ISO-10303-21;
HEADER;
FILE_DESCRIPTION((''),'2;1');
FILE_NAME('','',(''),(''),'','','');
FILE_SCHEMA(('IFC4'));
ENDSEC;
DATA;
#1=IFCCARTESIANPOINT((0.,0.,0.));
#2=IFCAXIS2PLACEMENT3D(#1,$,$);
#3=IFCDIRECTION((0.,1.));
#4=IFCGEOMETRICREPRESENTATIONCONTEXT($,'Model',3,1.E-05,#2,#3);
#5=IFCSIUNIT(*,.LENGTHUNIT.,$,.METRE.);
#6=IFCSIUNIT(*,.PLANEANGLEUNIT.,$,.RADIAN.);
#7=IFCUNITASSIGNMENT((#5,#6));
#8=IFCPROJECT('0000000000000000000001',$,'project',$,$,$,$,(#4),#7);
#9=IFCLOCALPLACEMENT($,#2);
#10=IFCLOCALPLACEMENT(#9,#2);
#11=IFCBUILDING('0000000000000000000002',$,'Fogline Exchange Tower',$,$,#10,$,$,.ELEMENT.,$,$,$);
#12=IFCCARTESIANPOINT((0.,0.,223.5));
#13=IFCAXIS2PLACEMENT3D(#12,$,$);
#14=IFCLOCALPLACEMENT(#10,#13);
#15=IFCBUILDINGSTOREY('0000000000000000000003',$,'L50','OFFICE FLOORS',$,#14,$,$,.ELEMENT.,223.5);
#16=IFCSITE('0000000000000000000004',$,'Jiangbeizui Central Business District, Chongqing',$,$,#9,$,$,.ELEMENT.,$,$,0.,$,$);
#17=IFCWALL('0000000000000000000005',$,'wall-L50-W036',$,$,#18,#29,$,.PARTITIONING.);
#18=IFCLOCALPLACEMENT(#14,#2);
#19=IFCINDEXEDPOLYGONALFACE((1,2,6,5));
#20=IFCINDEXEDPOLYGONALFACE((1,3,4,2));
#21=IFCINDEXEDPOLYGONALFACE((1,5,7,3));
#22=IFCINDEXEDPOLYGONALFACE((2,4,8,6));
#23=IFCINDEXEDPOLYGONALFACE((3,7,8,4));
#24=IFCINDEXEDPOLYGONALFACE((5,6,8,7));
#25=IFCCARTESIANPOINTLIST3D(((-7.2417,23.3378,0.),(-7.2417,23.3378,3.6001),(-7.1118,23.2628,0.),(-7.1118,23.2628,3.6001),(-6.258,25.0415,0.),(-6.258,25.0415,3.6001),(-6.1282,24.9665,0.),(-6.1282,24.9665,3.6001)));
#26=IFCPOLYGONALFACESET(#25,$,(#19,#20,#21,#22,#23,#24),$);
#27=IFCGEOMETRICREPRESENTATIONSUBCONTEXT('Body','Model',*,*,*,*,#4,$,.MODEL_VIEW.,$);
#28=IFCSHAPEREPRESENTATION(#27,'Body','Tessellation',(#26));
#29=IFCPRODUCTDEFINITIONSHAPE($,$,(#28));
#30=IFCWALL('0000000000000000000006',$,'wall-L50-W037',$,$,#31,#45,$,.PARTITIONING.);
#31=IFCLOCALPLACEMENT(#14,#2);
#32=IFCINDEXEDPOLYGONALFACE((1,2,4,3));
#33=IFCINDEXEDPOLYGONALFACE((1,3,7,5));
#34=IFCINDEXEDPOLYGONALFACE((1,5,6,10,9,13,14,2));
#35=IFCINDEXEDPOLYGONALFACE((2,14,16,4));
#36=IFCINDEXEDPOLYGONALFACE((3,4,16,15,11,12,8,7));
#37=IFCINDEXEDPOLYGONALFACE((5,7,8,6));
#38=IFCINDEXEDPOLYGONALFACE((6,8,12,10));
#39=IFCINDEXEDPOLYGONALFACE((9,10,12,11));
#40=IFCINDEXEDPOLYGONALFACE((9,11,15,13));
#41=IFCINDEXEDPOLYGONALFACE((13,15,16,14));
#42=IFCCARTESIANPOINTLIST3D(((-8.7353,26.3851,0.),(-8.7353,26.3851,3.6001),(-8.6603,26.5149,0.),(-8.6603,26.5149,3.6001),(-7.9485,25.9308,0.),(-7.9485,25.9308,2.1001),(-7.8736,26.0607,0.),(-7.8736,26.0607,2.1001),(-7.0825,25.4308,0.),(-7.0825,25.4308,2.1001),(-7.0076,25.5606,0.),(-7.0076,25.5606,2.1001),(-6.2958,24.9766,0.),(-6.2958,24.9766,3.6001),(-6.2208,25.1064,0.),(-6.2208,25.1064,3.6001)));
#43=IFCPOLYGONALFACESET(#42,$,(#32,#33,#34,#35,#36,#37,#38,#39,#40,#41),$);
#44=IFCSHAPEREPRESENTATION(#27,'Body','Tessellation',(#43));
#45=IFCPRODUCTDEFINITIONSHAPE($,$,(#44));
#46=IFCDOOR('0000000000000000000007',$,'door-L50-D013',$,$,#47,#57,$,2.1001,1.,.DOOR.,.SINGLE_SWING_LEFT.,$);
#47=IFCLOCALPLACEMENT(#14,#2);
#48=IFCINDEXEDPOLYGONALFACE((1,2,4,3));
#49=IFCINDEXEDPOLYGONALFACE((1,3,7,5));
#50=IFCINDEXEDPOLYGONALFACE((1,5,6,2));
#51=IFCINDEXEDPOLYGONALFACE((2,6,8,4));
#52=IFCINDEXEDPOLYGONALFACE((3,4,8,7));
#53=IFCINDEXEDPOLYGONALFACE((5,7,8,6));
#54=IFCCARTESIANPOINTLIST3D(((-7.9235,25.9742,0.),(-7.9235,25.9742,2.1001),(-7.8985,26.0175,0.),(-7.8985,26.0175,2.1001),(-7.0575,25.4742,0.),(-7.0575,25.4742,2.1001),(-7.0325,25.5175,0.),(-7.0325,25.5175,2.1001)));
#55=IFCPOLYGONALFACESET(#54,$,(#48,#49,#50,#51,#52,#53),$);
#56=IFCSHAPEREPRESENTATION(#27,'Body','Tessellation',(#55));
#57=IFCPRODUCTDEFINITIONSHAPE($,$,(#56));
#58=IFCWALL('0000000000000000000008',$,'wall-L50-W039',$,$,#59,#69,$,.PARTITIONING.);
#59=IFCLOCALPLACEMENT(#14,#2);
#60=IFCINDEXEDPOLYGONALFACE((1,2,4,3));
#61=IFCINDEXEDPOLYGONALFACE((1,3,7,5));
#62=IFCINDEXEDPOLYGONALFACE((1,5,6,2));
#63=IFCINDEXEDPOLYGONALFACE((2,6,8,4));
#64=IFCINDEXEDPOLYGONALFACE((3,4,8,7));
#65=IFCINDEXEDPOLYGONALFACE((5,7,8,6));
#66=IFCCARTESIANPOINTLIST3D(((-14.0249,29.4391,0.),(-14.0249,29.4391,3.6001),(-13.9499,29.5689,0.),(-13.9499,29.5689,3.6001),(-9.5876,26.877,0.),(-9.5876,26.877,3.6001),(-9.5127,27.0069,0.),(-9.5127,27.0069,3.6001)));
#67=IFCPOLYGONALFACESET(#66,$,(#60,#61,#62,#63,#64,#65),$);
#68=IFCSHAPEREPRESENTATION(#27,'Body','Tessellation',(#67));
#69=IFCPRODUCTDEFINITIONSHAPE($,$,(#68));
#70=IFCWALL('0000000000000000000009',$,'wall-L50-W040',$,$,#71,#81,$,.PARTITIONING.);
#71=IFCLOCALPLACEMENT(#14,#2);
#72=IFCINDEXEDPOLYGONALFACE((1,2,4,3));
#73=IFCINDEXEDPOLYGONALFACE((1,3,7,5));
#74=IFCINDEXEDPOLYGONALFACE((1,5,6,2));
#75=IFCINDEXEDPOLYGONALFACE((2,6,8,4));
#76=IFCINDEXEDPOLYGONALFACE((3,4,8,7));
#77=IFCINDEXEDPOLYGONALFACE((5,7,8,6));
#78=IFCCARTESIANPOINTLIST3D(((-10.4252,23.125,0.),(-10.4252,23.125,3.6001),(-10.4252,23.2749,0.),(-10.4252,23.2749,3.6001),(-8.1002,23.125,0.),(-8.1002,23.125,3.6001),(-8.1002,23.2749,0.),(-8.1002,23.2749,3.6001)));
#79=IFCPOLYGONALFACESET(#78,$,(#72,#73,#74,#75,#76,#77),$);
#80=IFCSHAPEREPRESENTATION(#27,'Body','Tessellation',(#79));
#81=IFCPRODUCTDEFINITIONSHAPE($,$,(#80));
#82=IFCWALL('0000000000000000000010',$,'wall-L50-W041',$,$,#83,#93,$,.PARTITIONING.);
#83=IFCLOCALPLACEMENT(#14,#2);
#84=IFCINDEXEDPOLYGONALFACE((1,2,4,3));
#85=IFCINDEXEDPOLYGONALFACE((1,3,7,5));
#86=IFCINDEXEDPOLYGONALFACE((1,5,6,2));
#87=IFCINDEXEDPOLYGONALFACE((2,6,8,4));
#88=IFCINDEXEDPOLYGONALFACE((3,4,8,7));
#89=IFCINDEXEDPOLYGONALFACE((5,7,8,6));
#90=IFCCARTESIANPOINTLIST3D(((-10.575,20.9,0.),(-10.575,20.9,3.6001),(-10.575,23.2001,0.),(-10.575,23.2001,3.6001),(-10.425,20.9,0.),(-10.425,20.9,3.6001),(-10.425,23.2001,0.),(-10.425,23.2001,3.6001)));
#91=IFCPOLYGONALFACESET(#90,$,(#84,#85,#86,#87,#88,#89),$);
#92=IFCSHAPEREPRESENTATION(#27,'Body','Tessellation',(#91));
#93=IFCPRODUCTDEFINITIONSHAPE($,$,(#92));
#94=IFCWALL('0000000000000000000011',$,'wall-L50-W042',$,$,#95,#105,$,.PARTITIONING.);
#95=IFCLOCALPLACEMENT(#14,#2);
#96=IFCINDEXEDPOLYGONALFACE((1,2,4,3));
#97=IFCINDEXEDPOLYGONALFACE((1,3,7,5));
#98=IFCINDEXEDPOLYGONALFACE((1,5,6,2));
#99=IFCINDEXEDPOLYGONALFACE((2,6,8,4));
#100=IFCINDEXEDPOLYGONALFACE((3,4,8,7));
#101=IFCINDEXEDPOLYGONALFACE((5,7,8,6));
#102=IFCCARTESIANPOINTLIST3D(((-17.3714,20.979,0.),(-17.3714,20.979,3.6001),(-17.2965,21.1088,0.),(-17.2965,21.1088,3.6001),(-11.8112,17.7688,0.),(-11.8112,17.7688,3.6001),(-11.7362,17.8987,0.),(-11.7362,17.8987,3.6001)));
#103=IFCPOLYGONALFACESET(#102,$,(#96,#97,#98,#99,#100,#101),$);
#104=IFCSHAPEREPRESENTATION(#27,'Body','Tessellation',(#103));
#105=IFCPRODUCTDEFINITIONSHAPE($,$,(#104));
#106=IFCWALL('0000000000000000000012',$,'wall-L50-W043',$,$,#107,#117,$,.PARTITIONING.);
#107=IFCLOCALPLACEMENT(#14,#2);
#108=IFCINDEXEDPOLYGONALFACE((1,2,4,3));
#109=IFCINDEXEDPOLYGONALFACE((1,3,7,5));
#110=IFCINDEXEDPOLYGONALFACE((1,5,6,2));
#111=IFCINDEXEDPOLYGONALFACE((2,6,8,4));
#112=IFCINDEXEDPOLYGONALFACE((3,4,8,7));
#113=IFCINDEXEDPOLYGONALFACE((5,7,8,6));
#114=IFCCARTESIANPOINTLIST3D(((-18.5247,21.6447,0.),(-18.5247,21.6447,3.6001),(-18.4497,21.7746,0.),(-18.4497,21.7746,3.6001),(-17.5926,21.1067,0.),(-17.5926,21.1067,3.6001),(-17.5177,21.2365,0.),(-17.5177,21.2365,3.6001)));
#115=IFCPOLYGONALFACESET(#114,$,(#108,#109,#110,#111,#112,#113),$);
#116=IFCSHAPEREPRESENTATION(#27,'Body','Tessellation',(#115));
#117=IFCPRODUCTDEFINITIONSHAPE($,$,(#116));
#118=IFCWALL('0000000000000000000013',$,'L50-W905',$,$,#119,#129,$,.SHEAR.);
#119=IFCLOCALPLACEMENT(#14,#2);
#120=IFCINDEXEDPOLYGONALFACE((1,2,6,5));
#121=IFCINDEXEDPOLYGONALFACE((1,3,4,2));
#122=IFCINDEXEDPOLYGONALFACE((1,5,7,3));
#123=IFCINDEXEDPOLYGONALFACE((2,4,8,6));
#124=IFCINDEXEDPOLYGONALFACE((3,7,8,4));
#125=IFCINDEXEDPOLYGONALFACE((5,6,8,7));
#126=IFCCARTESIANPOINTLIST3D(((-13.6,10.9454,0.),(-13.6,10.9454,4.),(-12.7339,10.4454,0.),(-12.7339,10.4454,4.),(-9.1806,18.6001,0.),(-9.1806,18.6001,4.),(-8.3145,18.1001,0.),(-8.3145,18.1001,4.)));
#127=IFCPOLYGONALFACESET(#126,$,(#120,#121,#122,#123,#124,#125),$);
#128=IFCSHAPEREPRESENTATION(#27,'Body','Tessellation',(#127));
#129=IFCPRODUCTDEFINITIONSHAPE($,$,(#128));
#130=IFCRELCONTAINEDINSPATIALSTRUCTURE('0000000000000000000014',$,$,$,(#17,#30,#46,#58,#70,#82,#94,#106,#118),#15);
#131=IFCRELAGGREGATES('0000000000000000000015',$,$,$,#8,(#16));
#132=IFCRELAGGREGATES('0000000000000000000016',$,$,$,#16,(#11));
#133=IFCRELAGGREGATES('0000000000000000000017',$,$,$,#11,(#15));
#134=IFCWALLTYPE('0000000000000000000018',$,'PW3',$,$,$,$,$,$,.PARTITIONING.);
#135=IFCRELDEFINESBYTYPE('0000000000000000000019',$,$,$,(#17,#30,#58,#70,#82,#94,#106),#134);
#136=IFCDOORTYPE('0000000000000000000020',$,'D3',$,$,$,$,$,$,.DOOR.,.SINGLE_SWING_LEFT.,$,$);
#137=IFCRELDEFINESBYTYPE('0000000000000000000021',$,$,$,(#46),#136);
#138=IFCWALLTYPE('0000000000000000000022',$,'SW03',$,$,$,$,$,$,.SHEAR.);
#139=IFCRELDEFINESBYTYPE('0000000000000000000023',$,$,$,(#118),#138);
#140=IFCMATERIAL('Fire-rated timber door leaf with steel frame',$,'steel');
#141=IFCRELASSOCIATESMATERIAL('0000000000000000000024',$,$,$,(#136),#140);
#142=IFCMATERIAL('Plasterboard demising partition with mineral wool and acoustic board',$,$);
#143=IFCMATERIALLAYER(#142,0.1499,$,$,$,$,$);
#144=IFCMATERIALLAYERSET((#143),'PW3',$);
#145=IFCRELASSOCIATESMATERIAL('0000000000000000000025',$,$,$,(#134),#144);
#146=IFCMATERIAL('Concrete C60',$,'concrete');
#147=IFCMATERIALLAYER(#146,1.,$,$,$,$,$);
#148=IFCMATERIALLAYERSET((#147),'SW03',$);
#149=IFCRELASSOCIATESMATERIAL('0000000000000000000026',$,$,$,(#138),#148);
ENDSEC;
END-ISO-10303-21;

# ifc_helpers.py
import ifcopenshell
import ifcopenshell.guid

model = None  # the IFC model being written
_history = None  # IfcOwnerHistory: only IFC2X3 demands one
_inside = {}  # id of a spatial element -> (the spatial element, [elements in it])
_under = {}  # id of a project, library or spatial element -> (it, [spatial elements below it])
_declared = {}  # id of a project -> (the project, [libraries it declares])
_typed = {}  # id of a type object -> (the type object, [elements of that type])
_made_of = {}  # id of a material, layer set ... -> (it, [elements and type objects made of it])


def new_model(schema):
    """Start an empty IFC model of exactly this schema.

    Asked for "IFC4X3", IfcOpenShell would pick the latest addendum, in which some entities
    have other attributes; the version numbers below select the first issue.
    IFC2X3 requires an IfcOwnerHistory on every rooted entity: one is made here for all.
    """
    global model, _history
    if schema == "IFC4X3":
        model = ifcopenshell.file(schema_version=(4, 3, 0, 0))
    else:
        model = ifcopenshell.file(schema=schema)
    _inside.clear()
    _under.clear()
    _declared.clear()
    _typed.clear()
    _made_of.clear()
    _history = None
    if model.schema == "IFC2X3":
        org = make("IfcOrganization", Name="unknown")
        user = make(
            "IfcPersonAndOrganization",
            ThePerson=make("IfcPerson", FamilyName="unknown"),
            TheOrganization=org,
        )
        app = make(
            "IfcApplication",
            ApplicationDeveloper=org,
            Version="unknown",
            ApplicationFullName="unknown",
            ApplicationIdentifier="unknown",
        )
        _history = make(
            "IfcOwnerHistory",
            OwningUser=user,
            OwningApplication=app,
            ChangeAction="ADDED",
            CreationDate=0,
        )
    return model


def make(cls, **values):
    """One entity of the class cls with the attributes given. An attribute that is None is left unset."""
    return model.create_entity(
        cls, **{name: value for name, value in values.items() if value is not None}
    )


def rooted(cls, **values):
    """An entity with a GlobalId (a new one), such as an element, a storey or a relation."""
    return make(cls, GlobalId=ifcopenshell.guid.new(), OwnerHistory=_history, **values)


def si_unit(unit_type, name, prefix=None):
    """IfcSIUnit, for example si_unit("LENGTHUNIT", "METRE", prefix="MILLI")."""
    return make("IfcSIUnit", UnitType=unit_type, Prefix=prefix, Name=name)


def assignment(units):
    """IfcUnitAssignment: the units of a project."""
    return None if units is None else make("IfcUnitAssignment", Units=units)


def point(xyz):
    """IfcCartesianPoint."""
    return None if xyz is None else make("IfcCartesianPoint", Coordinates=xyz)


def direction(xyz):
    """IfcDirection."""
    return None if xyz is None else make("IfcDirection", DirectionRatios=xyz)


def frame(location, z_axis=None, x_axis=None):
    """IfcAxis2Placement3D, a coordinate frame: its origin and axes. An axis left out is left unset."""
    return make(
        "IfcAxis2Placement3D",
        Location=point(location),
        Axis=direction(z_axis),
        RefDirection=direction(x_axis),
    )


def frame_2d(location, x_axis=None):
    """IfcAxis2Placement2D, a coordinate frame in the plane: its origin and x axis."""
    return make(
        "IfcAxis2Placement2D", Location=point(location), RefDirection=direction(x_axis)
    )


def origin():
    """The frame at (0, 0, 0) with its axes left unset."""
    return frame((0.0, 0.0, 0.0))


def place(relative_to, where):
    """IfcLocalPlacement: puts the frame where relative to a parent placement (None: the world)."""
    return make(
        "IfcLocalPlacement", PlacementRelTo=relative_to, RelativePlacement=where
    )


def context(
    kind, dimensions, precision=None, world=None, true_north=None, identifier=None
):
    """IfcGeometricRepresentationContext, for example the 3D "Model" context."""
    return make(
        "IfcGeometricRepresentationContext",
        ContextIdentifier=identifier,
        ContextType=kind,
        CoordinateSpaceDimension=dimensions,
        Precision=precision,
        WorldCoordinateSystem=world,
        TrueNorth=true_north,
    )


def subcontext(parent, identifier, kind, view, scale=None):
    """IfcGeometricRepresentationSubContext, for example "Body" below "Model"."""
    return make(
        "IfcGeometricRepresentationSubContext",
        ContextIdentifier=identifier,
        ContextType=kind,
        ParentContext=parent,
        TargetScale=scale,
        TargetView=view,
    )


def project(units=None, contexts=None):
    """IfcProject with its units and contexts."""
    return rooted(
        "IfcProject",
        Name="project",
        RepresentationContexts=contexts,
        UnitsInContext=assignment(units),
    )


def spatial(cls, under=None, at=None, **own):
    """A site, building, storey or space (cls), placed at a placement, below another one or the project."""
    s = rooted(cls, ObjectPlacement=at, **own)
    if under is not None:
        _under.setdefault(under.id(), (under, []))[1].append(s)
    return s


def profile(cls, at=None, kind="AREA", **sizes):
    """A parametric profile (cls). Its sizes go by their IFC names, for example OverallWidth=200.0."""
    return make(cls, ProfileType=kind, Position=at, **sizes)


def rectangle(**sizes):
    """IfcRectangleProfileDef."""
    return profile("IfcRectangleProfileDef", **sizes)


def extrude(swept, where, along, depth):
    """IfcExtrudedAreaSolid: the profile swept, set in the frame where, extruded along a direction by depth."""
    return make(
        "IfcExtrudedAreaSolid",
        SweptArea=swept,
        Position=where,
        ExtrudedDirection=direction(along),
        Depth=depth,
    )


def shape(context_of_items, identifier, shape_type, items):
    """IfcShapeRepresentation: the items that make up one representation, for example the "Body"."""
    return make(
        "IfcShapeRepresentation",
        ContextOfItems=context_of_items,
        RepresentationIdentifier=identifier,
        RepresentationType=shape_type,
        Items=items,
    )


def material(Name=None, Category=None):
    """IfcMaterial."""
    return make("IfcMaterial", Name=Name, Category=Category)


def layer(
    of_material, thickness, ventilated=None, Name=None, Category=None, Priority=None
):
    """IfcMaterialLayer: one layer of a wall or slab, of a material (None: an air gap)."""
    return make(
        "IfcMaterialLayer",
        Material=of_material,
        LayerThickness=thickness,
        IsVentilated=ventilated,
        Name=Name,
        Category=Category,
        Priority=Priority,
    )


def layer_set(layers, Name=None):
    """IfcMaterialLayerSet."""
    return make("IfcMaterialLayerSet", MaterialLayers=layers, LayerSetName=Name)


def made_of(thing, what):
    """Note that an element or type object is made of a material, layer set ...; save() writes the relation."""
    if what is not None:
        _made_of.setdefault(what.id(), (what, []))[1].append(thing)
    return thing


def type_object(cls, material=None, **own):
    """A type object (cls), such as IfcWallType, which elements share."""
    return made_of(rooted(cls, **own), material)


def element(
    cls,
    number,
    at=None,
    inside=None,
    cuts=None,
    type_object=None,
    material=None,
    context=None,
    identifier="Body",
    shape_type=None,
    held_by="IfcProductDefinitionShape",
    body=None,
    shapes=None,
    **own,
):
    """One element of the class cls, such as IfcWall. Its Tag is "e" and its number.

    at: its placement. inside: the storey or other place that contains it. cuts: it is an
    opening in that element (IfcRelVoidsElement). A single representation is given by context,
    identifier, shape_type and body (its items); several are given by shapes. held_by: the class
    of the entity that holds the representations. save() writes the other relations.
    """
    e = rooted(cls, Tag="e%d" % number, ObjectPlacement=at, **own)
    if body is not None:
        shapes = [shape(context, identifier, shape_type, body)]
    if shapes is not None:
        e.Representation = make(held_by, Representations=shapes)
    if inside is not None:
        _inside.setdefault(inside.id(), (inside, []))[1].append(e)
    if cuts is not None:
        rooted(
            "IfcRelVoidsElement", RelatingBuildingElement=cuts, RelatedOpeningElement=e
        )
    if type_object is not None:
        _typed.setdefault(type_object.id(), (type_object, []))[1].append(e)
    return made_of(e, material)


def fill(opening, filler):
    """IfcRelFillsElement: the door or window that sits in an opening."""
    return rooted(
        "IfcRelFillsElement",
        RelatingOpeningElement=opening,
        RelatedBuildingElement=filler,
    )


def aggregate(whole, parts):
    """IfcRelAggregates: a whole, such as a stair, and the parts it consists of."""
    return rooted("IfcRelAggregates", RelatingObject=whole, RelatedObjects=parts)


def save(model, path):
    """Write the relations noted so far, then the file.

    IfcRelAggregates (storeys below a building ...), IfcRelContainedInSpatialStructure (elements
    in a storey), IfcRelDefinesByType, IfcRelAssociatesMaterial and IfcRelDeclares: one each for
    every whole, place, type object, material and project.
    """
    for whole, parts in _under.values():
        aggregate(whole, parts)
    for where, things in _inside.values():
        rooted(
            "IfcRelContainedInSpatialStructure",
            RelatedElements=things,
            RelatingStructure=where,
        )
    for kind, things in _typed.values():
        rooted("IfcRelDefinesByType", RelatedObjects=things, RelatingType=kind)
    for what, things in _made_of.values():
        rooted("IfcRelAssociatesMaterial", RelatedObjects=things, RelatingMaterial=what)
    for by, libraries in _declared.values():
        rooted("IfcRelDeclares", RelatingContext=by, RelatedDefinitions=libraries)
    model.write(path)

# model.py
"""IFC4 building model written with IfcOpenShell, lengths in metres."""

from ifc_helpers import new_model, si_unit, direction, frame, frame_2d, origin, place, context, subcontext, project, spatial, rectangle, extrude, material, layer, layer_set, type_object, element, fill, save


model = new_model("IFC4")

# Units and contexts
model_context = context("Model", 3, precision=1e-05, world=origin(), true_north=direction((0.0, 1.0)))
body_context = subcontext(model_context, "Body", "Model", "MODEL_VIEW")
ifc_project = project(units=[si_unit("LENGTHUNIT", "METRE"), si_unit("PLANEANGLEUNIT", "RADIAN")], contexts=[model_context])

# Site, building, storey
site_placement = place(None, origin())
site = spatial("IfcSite", under=ifc_project, at=site_placement, Name="Jiangbeizui Central Business District, Chongqing", CompositionType="ELEMENT", RefElevation=0.0)
building_placement = place(site_placement, origin())
building = spatial("IfcBuilding", under=site, at=building_placement, Name="Fogline Exchange Tower", CompositionType="ELEMENT")
storey_placement = place(building_placement, frame((0.0, 0.0, 223.5)))
storey = spatial("IfcBuildingStorey", under=building, at=storey_placement, Name="L50", Description="OFFICE FLOORS", CompositionType="ELEMENT", Elevation=223.5)

# Shared definitions
ifc_material_1 = material(Name="Concrete C60", Category="concrete")

# Shared definitions
ifc_material_2 = material(Name="Fire-rated timber door leaf with steel frame", Category="steel")
door_type_1 = type_object("IfcDoorType", Name="D3", OperationType="SINGLE_SWING_LEFT", PredefinedType="DOOR", material=ifc_material_2)

# Shared definitions
ifc_material_3 = material(Name="Plasterboard demising partition with mineral wool and acoustic board")
ifc_layer_1 = layer(ifc_material_3, 0.1499)
ifc_layer_set_1 = layer_set([ifc_layer_1], Name="PW3")
wall_type_1 = type_object("IfcWallType", Name="PW3", PredefinedType="PARTITIONING", material=ifc_layer_set_1)

# Wall
wall_1_placement = place(storey_placement, frame((-7.1768, 23.3003, 0.0), z_axis=(0.0, 0.0, 1.0), x_axis=(0.500023, 0.866012, 0.0)))
element("IfcWall", 1, at=wall_1_placement, inside=storey, type_object=wall_type_1, Name="wall-L50-W036", PredefinedType="PARTITIONING", context=body_context, shape_type="SweptSolid", body=[
    extrude(rectangle(XDim=1.9673, YDim=0.1499, at=frame_2d((0.9836, 0.0))), origin(), (0.0, 0.0, 1.0), 3.6001),
])

# Wall, opening, door
wall_2_placement = place(storey_placement, frame((-6.2583, 25.0415, 0.0), z_axis=(0.0, 0.0, 1.0), x_axis=(-0.866021, 0.500008, 0.0)))
wall_2 = element("IfcWall", 2, at=wall_2_placement, inside=storey, type_object=wall_type_1, Name="wall-L50-W037", PredefinedType="PARTITIONING", context=body_context, shape_type="SweptSolid", body=[
    extrude(rectangle(XDim=2.8169, YDim=0.1499, at=frame_2d((1.4084, 0.0))), origin(), (0.0, 0.0, 1.0), 3.6001),
])
opening_1_placement = place(wall_2_placement, frame((0.9084, 0.0, 0.0)))
opening_1 = element("IfcOpeningElement", 3, at=opening_1_placement, cuts=wall_2, PredefinedType="OPENING", context=body_context, shape_type="SweptSolid", body=[
    extrude(rectangle(XDim=1.0, YDim=2.1001, at=frame_2d((0.5, 1.05))), frame((0.0, 0.085, 0.0), z_axis=(0.0, -1.0, 0.0), x_axis=(1.0, 0.0, 0.0)), (0.0, 0.0, 1.0), 0.1699),
])
door_1_placement = place(opening_1_placement, origin())
door_1 = element("IfcDoor", 4, at=door_1_placement, inside=storey, type_object=door_type_1, Name="door-L50-D013", OperationType="SINGLE_SWING_LEFT", OverallHeight=2.1001, OverallWidth=1.0, PredefinedType="DOOR", context=body_context, shape_type="SweptSolid", body=[
    extrude(rectangle(XDim=1.0, YDim=2.1001, at=frame_2d((0.5, 1.05))), frame((0.0, 0.0249, 0.0), z_axis=(0.0, -1.0, 0.0), x_axis=(1.0, 0.0, 0.0)), (0.0, 0.0, 1.0), 0.05),
])
fill(opening_1, door_1)

# Walls
wall_3_placement = place(storey_placement, frame((-9.55, 26.9419, 0.0), z_axis=(0.0, 0.0, 1.0), x_axis=(-0.866012, 0.500024, 0.0)))
element("IfcWall", 5, at=wall_3_placement, inside=storey, type_object=wall_type_1, Name="wall-L50-W039", PredefinedType="PARTITIONING", context=body_context, shape_type="SweptSolid", body=[
    extrude(rectangle(XDim=5.1238, YDim=0.1499, at=frame_2d((2.562, 0.0))), origin(), (0.0, 0.0, 1.0), 3.6001),
])
wall_4_placement = place(storey_placement, frame((-8.1001, 23.2, 0.0), z_axis=(0.0, 0.0, 1.0), x_axis=(-1.0, 0.0, 0.0)))
element("IfcWall", 6, at=wall_4_placement, inside=storey, type_object=wall_type_1, Name="wall-L50-W040", PredefinedType="PARTITIONING", context=body_context, shape_type="SweptSolid", body=[
    extrude(rectangle(XDim=2.325, YDim=0.1499, at=frame_2d((1.1626, 0.0))), origin(), (0.0, 0.0, 1.0), 3.6001),
])
wall_5_placement = place(storey_placement, frame((-10.5, 23.2, 0.0), z_axis=(0.0, 0.0, 1.0), x_axis=(0.0, -1.0, 0.0)))
element("IfcWall", 7, at=wall_5_placement, inside=storey, type_object=wall_type_1, Name="wall-L50-W041", PredefinedType="PARTITIONING", context=body_context, shape_type="SweptSolid", body=[
    extrude(rectangle(XDim=2.3, YDim=0.1499, at=frame_2d((1.1499, 0.0))), origin(), (0.0, 0.0, 1.0), 3.6001),
])
wall_6_placement = place(storey_placement, frame((-11.7737, 17.8337, 0.0), z_axis=(0.0, 0.0, 1.0), x_axis=(-0.866028, 0.499996, 0.0)))
element("IfcWall", 8, at=wall_6_placement, inside=storey, type_object=wall_type_1, Name="wall-L50-W042", PredefinedType="PARTITIONING", context=body_context, shape_type="SweptSolid", body=[
    extrude(rectangle(XDim=6.4204, YDim=0.1499, at=frame_2d((3.2102, 0.0))), origin(), (0.0, 0.0, 1.0), 3.6001),
])
wall_7_placement = place(storey_placement, frame((-17.5552, 21.1716, 0.0), z_axis=(0.0, 0.0, 1.0), x_axis=(-0.866057, 0.499945, 0.0)))
element("IfcWall", 9, at=wall_7_placement, inside=storey, type_object=wall_type_1, Name="wall-L50-W043", PredefinedType="PARTITIONING", context=body_context, shape_type="SweptSolid", body=[
    extrude(rectangle(XDim=1.0762, YDim=0.1499, at=frame_2d((0.5381, 0.0))), origin(), (0.0, 0.0, 1.0), 3.6001),
])
ifc_layer_2 = layer(ifc_material_1, 1.0)
ifc_layer_set_2 = layer_set([ifc_layer_2], Name="SW03")
wall_type_2 = type_object("IfcWallType", Name="SW03", PredefinedType="SHEAR", material=ifc_layer_set_2)
wall_8_placement = place(storey_placement, frame((-8.7476, 18.3501, 0.0), z_axis=(0.0, 0.0, 1.0), x_axis=(-0.499995, -0.866028, 0.0)))
element("IfcWall", 10, at=wall_8_placement, inside=storey, type_object=wall_type_2, Name="L50-W905", PredefinedType="SHEAR", context=body_context, shape_type="SweptSolid", body=[
    extrude(rectangle(XDim=8.8389, YDim=1.0, at=frame_2d((4.4194, 0.0))), origin(), (0.0, 0.0, 1.0), 4.0),
])

save(model, "model.ifc")
